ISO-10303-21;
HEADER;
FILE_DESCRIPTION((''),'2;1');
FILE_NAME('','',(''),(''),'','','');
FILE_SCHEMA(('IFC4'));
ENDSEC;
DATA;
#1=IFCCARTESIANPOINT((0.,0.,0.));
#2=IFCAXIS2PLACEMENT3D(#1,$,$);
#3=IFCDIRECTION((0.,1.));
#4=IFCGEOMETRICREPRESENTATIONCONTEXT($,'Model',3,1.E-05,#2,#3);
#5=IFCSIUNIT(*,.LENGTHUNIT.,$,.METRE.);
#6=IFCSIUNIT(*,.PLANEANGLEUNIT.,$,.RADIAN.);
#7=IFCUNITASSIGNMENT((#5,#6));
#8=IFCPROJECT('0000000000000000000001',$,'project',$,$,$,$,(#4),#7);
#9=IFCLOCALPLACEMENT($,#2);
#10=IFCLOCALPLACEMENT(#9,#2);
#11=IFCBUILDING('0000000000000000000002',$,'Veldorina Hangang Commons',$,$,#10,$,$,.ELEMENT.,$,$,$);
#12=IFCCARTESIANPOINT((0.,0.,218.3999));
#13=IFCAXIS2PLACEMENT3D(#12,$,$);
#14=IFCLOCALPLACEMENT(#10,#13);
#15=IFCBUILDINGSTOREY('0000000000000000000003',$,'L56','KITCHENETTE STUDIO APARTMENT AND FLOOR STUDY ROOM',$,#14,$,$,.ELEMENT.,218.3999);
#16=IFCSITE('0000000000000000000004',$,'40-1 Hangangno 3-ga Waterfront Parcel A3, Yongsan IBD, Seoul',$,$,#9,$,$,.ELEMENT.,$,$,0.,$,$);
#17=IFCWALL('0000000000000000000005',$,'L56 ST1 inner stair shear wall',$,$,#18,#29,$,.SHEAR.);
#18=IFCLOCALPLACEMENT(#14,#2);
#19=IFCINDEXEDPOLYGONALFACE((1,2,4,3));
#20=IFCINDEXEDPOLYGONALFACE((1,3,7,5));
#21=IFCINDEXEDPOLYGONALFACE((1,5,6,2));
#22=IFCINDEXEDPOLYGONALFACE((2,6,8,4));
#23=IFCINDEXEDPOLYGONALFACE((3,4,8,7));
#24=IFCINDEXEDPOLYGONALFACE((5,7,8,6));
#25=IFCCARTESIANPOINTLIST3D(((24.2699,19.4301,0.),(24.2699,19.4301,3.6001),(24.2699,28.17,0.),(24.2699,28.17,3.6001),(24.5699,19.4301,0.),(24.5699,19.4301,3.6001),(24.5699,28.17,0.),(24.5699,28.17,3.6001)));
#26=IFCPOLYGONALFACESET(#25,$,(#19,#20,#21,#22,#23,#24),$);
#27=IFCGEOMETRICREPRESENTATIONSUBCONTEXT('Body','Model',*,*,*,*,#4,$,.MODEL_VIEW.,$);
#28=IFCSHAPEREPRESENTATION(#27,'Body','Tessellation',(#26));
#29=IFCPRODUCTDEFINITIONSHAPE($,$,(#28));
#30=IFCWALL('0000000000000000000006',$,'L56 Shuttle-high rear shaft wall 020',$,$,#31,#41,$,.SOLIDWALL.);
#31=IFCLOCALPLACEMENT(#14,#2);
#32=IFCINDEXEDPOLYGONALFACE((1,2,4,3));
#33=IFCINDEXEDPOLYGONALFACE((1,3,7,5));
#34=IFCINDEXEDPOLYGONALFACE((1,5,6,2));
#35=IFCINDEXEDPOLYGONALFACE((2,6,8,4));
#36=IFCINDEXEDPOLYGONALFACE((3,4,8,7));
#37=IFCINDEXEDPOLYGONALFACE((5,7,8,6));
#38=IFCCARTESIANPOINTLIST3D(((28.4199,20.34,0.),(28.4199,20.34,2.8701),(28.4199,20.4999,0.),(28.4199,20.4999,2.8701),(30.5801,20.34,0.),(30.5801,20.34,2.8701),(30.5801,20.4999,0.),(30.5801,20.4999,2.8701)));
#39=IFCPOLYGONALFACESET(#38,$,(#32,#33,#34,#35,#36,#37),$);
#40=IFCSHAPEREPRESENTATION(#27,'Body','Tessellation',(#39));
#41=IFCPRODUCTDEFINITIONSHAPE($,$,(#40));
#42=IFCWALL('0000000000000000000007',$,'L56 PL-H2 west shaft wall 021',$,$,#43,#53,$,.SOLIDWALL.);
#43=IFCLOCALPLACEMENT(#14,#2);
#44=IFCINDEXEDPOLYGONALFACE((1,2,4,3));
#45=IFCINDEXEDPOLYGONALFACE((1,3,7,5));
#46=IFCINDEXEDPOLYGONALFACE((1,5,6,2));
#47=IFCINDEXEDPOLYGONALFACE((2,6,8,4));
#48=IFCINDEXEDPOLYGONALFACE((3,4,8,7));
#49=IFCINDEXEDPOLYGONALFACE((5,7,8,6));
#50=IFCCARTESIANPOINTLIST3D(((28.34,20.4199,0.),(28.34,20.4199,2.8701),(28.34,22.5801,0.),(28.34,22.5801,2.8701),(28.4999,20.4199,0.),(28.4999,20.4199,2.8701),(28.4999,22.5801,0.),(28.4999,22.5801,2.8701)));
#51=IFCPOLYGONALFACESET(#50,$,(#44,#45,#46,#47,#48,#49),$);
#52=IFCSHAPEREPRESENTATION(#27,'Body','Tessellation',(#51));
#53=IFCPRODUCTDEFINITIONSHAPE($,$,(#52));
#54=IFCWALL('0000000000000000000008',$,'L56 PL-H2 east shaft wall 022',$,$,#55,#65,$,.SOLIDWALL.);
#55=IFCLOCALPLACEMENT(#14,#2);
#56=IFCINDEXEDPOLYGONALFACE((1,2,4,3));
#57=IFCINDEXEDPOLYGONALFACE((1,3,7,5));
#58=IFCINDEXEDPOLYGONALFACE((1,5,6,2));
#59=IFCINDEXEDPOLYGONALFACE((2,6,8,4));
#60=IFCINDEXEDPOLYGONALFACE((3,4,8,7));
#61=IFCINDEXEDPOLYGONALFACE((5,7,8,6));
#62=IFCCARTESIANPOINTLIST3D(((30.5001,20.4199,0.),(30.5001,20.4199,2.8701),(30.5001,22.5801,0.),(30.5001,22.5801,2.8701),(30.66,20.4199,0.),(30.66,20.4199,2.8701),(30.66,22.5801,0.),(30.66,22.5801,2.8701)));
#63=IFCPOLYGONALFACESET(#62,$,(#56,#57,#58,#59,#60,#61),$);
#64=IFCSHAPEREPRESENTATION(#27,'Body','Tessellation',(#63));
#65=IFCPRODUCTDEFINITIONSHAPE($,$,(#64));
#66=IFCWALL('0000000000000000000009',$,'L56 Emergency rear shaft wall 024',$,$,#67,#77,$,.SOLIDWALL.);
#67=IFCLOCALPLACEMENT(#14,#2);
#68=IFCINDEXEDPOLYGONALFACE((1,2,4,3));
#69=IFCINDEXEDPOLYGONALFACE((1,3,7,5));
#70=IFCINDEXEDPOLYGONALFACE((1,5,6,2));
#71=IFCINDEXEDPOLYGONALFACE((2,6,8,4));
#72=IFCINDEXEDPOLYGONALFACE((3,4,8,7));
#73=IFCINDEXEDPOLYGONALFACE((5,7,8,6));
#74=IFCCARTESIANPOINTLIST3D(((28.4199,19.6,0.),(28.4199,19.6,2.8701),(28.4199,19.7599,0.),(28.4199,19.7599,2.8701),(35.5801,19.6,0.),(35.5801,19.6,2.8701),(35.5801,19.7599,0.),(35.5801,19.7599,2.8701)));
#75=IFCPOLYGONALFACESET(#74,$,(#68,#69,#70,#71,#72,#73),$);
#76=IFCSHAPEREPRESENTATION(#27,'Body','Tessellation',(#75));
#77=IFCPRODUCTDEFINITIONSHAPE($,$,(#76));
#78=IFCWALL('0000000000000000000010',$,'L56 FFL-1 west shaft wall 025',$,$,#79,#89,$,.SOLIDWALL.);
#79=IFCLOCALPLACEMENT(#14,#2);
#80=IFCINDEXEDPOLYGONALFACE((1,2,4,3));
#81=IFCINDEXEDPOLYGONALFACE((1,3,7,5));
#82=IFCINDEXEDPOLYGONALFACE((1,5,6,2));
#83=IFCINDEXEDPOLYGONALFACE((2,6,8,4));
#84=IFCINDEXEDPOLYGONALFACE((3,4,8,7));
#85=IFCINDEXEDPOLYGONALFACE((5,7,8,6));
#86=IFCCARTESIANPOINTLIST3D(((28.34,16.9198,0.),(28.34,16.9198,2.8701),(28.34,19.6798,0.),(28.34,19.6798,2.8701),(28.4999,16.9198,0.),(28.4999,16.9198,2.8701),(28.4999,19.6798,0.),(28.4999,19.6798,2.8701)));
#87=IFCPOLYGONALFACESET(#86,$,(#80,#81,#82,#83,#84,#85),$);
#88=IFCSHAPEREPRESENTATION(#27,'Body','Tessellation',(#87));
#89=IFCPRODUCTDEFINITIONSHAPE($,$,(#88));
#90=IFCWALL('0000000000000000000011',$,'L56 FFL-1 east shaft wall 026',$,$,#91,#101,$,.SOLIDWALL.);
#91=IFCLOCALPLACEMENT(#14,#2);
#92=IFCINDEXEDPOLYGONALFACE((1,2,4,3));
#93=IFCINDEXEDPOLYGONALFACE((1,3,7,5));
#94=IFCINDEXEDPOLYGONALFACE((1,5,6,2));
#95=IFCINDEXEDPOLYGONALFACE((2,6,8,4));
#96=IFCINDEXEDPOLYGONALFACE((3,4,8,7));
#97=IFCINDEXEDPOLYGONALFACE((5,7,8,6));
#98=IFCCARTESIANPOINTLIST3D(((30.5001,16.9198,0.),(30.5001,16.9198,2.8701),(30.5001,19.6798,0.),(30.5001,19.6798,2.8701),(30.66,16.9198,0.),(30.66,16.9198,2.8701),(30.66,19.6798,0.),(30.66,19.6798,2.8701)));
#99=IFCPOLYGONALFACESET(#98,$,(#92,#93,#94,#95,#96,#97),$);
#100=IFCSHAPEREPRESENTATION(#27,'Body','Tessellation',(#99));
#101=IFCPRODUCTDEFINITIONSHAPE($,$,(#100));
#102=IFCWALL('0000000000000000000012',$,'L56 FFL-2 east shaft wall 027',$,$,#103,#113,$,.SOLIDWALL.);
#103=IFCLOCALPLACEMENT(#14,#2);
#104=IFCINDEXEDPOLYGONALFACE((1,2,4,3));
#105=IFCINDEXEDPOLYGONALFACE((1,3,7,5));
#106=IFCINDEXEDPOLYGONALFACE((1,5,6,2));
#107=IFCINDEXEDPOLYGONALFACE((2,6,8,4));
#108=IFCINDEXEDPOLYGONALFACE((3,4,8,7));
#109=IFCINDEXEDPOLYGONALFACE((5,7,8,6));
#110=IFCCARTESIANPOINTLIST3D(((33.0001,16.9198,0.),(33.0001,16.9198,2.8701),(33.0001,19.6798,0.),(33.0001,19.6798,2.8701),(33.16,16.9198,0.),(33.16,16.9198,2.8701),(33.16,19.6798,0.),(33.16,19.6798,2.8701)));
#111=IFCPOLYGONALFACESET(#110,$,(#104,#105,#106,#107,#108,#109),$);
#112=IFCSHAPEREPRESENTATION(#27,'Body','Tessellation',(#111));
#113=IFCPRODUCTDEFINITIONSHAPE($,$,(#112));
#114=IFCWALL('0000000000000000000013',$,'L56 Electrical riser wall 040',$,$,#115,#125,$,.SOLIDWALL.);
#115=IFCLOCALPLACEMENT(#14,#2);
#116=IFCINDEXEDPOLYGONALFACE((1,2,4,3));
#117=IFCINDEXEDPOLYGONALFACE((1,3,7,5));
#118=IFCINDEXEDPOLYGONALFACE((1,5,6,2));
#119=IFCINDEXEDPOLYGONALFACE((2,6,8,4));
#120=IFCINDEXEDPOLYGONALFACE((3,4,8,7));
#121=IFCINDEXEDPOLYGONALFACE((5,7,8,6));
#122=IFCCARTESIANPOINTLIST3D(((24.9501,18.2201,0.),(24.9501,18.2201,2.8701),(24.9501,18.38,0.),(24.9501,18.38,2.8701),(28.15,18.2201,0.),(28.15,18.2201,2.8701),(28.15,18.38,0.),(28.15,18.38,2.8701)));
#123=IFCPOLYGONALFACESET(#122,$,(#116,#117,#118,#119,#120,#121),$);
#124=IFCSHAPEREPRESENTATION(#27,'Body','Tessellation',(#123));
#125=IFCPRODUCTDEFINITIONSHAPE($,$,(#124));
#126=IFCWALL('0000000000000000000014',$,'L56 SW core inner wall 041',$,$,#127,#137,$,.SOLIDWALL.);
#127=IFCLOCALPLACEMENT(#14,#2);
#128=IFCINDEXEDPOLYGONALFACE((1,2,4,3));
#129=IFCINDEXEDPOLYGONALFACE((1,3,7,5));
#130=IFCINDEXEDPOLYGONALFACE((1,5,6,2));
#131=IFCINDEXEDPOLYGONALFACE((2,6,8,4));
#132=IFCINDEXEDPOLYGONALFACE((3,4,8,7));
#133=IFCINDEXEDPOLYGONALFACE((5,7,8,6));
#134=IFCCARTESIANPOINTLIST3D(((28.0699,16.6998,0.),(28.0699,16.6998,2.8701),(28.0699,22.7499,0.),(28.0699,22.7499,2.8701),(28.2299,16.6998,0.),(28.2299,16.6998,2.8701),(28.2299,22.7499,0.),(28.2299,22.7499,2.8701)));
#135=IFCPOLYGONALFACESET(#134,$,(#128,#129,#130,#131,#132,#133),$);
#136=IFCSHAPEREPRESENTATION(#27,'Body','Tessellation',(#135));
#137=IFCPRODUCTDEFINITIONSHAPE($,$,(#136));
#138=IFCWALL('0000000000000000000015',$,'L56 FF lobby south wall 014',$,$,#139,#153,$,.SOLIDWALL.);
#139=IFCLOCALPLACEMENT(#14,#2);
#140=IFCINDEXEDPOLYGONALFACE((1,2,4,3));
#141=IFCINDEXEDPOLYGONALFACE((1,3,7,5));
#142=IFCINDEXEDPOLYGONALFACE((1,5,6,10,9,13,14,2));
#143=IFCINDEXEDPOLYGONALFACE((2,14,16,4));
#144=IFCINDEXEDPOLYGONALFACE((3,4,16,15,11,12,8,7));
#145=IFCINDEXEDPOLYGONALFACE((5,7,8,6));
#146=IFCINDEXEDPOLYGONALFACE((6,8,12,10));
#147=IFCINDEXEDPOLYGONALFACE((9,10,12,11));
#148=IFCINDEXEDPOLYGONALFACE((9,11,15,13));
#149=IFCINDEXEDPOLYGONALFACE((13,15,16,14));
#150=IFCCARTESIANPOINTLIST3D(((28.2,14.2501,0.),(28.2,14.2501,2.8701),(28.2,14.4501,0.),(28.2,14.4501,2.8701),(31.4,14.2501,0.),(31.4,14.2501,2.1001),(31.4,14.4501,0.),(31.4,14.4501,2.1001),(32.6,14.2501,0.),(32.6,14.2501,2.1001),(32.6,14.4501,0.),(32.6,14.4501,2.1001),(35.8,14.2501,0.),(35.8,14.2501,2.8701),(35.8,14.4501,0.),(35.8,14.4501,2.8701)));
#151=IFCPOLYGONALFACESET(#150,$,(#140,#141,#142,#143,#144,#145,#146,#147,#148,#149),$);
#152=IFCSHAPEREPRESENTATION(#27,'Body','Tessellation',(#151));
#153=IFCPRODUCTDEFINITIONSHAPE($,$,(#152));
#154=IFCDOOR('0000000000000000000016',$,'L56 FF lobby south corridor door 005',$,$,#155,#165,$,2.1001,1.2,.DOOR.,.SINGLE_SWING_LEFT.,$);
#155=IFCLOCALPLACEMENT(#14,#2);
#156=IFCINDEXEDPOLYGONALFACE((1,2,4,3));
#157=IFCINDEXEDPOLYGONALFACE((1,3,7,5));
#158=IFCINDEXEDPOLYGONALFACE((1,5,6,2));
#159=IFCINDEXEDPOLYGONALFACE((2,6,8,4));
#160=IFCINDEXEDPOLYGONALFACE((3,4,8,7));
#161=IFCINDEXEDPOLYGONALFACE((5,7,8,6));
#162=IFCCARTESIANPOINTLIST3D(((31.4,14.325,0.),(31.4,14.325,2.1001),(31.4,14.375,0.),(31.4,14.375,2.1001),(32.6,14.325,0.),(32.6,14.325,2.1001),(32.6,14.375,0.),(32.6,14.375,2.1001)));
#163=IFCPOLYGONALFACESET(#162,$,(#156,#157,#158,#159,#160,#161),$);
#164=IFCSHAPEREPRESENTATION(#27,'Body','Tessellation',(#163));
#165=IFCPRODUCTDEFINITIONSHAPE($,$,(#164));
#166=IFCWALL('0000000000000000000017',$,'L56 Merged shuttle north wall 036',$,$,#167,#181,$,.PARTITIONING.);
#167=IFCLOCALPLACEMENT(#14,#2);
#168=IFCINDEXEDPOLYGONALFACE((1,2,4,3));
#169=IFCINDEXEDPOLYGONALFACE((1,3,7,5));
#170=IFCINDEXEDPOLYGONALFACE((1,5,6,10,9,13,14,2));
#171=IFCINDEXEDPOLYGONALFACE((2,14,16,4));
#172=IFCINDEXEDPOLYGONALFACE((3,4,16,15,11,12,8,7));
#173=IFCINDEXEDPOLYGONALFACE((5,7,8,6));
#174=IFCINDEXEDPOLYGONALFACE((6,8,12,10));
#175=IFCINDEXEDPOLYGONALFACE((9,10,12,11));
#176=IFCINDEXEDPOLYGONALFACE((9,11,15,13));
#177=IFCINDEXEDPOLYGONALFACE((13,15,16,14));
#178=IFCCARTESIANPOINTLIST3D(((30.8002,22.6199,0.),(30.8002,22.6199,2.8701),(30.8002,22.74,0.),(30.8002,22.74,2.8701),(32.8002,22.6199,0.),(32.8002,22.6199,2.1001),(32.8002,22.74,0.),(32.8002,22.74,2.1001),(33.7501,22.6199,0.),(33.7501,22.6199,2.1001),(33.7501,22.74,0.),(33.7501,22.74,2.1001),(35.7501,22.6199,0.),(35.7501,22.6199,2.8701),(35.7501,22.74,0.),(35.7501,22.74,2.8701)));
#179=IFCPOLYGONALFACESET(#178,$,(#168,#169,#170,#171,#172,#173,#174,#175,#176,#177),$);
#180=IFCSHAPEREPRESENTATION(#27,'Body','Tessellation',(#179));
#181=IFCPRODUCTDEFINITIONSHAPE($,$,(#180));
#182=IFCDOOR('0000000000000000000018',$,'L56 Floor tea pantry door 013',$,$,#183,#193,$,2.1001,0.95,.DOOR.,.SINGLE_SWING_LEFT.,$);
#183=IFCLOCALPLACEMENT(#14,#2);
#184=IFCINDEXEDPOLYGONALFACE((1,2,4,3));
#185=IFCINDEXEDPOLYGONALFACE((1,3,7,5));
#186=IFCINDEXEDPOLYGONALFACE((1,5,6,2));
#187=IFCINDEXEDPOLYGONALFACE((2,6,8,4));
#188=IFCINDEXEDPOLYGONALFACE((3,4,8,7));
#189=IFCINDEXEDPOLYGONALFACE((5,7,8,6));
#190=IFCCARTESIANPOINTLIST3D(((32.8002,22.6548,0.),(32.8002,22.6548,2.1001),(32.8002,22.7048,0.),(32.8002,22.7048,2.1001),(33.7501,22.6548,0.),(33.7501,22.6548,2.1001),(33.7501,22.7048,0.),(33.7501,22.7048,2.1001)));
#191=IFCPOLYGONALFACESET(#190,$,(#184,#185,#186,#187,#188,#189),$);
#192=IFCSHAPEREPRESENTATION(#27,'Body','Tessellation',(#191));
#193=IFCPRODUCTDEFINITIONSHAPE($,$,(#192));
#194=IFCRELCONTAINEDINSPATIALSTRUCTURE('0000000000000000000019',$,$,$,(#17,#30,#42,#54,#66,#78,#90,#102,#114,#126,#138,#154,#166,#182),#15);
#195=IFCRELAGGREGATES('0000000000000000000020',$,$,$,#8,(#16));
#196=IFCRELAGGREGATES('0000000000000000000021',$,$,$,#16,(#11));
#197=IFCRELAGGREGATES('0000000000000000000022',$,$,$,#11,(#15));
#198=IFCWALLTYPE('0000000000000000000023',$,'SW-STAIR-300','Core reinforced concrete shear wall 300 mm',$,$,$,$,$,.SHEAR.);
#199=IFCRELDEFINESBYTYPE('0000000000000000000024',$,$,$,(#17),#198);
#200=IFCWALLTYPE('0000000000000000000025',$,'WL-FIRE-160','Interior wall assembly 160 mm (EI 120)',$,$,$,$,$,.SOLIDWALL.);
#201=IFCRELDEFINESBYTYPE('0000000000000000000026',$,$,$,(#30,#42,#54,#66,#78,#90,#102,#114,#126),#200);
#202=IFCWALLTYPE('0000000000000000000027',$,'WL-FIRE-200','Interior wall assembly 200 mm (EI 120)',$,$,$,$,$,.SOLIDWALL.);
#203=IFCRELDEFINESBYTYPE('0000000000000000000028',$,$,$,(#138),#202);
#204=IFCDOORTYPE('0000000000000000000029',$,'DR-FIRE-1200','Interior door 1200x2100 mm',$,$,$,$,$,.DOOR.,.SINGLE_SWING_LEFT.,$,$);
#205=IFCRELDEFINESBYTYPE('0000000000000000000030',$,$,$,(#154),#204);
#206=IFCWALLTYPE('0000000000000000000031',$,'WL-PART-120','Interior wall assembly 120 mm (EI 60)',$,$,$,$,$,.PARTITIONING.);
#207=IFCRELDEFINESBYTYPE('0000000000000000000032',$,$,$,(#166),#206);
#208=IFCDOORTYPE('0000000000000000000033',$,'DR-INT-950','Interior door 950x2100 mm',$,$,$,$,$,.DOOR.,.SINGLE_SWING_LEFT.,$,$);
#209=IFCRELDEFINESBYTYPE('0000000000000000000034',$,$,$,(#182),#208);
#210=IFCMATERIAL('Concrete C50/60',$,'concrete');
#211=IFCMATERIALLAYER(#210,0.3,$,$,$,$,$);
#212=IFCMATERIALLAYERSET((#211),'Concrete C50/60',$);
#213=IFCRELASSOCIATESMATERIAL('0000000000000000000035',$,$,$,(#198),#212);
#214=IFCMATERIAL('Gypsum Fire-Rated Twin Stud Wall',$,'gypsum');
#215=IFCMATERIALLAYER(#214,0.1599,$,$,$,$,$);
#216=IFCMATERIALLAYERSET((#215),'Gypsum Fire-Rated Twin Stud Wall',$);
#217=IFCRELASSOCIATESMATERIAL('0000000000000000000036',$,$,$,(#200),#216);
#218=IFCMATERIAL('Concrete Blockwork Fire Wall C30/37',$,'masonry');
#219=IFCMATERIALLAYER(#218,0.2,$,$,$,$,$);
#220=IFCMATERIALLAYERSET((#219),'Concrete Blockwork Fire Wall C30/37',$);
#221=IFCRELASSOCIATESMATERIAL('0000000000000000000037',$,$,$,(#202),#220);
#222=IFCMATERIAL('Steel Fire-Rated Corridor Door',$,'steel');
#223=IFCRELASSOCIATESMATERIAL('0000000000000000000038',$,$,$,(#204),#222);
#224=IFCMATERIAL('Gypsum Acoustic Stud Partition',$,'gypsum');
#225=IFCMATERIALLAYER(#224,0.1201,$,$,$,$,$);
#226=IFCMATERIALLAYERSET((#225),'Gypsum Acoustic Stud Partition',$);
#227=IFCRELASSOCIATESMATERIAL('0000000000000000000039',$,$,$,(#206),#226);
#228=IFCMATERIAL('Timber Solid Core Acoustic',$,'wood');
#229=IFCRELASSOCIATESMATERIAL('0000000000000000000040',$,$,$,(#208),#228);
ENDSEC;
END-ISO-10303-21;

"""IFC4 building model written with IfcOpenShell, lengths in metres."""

from ifc_helpers import new_model, si_unit, direction, frame, frame_2d, origin, place, context, subcontext, project, spatial, rectangle, extrude, material, layer, layer_set, type_object, element, fill, save


model = new_model("IFC4")

# Units and contexts
model_context = context("Model", 3, precision=1e-05, world=origin(), true_north=direction((0.0, 1.0)))
body_context = subcontext(model_context, "Body", "Model", "MODEL_VIEW")
ifc_project = project(units=[si_unit("LENGTHUNIT", "METRE"), si_unit("PLANEANGLEUNIT", "RADIAN")], contexts=[model_context])

# Site, building, storey
site_placement = place(None, origin())
site = spatial("IfcSite", under=ifc_project, at=site_placement, Name="40-1 Hangangno 3-ga Waterfront Parcel A3, Yongsan IBD, Seoul", CompositionType="ELEMENT", RefElevation=0.0)
building_placement = place(site_placement, origin())
building = spatial("IfcBuilding", under=site, at=building_placement, Name="Veldorina Hangang Commons", CompositionType="ELEMENT")
storey_placement = place(building_placement, frame((0.0, 0.0, 218.3999)))
storey = spatial("IfcBuildingStorey", under=building, at=storey_placement, Name="L56", Description="KITCHENETTE STUDIO APARTMENT AND FLOOR STUDY ROOM", CompositionType="ELEMENT", Elevation=218.3999)

# Shared definitions
ifc_material_1 = material(Name="Concrete C50/60", Category="concrete")

# Wall
ifc_layer_1 = layer(ifc_material_1, 0.3)
ifc_layer_set_1 = layer_set([ifc_layer_1], Name="Concrete C50/60")
wall_type_1 = type_object("IfcWallType", Name="SW-STAIR-300", Description="Core reinforced concrete shear wall 300 mm", PredefinedType="SHEAR", material=ifc_layer_set_1)
wall_1_placement = place(storey_placement, frame((24.4199, 19.4299, 0.0), z_axis=(0.0, 0.0, 1.0), x_axis=(0.0, 1.0, 0.0)))
element("IfcWall", 1, at=wall_1_placement, inside=storey, type_object=wall_type_1, Name="L56 ST1 inner stair shear wall", PredefinedType="SHEAR", context=body_context, shape_type="SweptSolid", body=[
    extrude(rectangle(XDim=8.74, YDim=0.3, at=frame_2d((4.3701, 0.0))), origin(), (0.0, 0.0, 1.0), 3.6001),
])

# Shared definitions
ifc_material_2 = material(Name="Gypsum Fire-Rated Twin Stud Wall", Category="gypsum")
ifc_layer_2 = layer(ifc_material_2, 0.1599)
ifc_layer_set_2 = layer_set([ifc_layer_2], Name="Gypsum Fire-Rated Twin Stud Wall")
wall_type_2 = type_object("IfcWallType", Name="WL-FIRE-160", Description="Interior wall assembly 160 mm (EI 120)", PredefinedType="SOLIDWALL", material=ifc_layer_set_2)

# Walls
for number, where, z_axis, x_axis, name in (
    (2, (28.4199, 20.4199, 0.0), (0.0, 0.0, 1.0), (1.0, 0.0, 0.0), "L56 Shuttle-high rear shaft wall 020"),
    (3, (28.4199, 20.4199, 0.0), (0.0, 0.0, 1.0), (0.0, 1.0, 0.0), "L56 PL-H2 west shaft wall 021"),
    (4, (30.5801, 20.4199, 0.0), (0.0, 0.0, 1.0), (0.0, 1.0, 0.0), "L56 PL-H2 east shaft wall 022"),
):
    element("IfcWall", number, at=place(storey_placement, frame(where, z_axis=z_axis, x_axis=x_axis)), inside=storey, type_object=wall_type_2, Name=name, PredefinedType="SOLIDWALL", context=body_context, shape_type="SweptSolid", body=[
        extrude(rectangle(XDim=2.1602, YDim=0.1599, at=frame_2d((1.0801, 0.0))), origin(), (0.0, 0.0, 1.0), 2.8701),
    ])

# Walls
wall_2_placement = place(storey_placement, frame((28.4199, 19.6799, 0.0), z_axis=(0.0, 0.0, 1.0), x_axis=(1.0, 0.0, 0.0)))
element("IfcWall", 5, at=wall_2_placement, inside=storey, type_object=wall_type_2, Name="L56 Emergency rear shaft wall 024", PredefinedType="SOLIDWALL", context=body_context, shape_type="SweptSolid", body=[
    extrude(rectangle(XDim=7.1602, YDim=0.1599, at=frame_2d((3.5801, 0.0))), origin(), (0.0, 0.0, 1.0), 2.8701),
])
for number, where, z_axis, x_axis, name in (
    (6, (28.4199, 16.9199, 0.0), (0.0, 0.0, 1.0), (0.0, 1.0, 0.0), "L56 FFL-1 west shaft wall 025"),
    (7, (30.5801, 16.9199, 0.0), (0.0, 0.0, 1.0), (0.0, 1.0, 0.0), "L56 FFL-1 east shaft wall 026"),
    (8, (33.0801, 16.9199, 0.0), (0.0, 0.0, 1.0), (0.0, 1.0, 0.0), "L56 FFL-2 east shaft wall 027"),
):
    element("IfcWall", number, at=place(storey_placement, frame(where, z_axis=z_axis, x_axis=x_axis)), inside=storey, type_object=wall_type_2, Name=name, PredefinedType="SOLIDWALL", context=body_context, shape_type="SweptSolid", body=[
        extrude(rectangle(XDim=2.76, YDim=0.1599, at=frame_2d((1.3799, 0.0))), origin(), (0.0, 0.0, 1.0), 2.8701),
    ])
wall_3_placement = place(storey_placement, frame((24.95, 18.3, 0.0), z_axis=(0.0, 0.0, 1.0), x_axis=(1.0, 0.0, 0.0)))
element("IfcWall", 9, at=wall_3_placement, inside=storey, type_object=wall_type_2, Name="L56 Electrical riser wall 040", PredefinedType="SOLIDWALL", context=body_context, shape_type="SweptSolid", body=[
    extrude(rectangle(XDim=3.2, YDim=0.1599, at=frame_2d((1.6001, 0.0))), origin(), (0.0, 0.0, 1.0), 2.8701),
])
wall_4_placement = place(storey_placement, frame((28.1499, 16.7, 0.0), z_axis=(0.0, 0.0, 1.0), x_axis=(0.0, 1.0, 0.0)))
element("IfcWall", 10, at=wall_4_placement, inside=storey, type_object=wall_type_2, Name="L56 SW core inner wall 041", PredefinedType="SOLIDWALL", context=body_context, shape_type="SweptSolid", body=[
    extrude(rectangle(XDim=6.05, YDim=0.1599, at=frame_2d((3.0249, 0.0))), origin(), (0.0, 0.0, 1.0), 2.8701),
])

# Walls, openings, doors
ifc_material_3 = material(Name="Concrete Blockwork Fire Wall C30/37", Category="masonry")
ifc_layer_3 = layer(ifc_material_3, 0.2)
ifc_layer_set_3 = layer_set([ifc_layer_3], Name="Concrete Blockwork Fire Wall C30/37")
wall_type_3 = type_object("IfcWallType", Name="WL-FIRE-200", Description="Interior wall assembly 200 mm (EI 120)", PredefinedType="SOLIDWALL", material=ifc_layer_set_3)
wall_5_placement = place(storey_placement, frame((28.2, 14.3501, 0.0), z_axis=(0.0, 0.0, 1.0), x_axis=(1.0, 0.0, 0.0)))
wall_5 = element("IfcWall", 11, at=wall_5_placement, inside=storey, type_object=wall_type_3, Name="L56 FF lobby south wall 014", PredefinedType="SOLIDWALL", context=body_context, shape_type="SweptSolid", body=[
    extrude(rectangle(XDim=7.6001, YDim=0.2, at=frame_2d((3.8, 0.0))), origin(), (0.0, 0.0, 1.0), 2.8701),
])
opening_1_placement = place(wall_5_placement, frame((3.2, 0.0, 0.0)))
opening_1 = element("IfcOpeningElement", 12, at=opening_1_placement, cuts=wall_5, PredefinedType="OPENING", context=body_context, shape_type="SweptSolid", body=[
    extrude(rectangle(XDim=1.2, YDim=2.1001, at=frame_2d((0.6001, 1.05))), frame((0.0, 0.1099, 0.0), z_axis=(0.0, -1.0, 0.0), x_axis=(1.0, 0.0, 0.0)), (0.0, 0.0, 1.0), 0.22),
])
ifc_material_4 = material(Name="Steel Fire-Rated Corridor Door", Category="steel")
door_type_1 = type_object("IfcDoorType", Name="DR-FIRE-1200", Description="Interior door 1200x2100 mm", OperationType="SINGLE_SWING_LEFT", PredefinedType="DOOR", material=ifc_material_4)
door_1_placement = place(opening_1_placement, origin())
door_1 = element("IfcDoor", 13, at=door_1_placement, inside=storey, type_object=door_type_1, Name="L56 FF lobby south corridor door 005", OperationType="SINGLE_SWING_LEFT", OverallHeight=2.1001, OverallWidth=1.2, PredefinedType="DOOR", context=body_context, shape_type="SweptSolid", body=[
    extrude(rectangle(XDim=1.2, YDim=2.1001, at=frame_2d((0.6001, 1.05))), frame((0.0, 0.0249, 0.0), z_axis=(0.0, -1.0, 0.0), x_axis=(1.0, 0.0, 0.0)), (0.0, 0.0, 1.0), 0.05),
])
fill(opening_1, door_1)
ifc_material_5 = material(Name="Gypsum Acoustic Stud Partition", Category="gypsum")
ifc_layer_4 = layer(ifc_material_5, 0.1201)
ifc_layer_set_4 = layer_set([ifc_layer_4], Name="Gypsum Acoustic Stud Partition")
wall_type_4 = type_object("IfcWallType", Name="WL-PART-120", Description="Interior wall assembly 120 mm (EI 60)", PredefinedType="PARTITIONING", material=ifc_layer_set_4)
wall_6_placement = place(storey_placement, frame((30.8, 22.6799, 0.0), z_axis=(0.0, 0.0, 1.0), x_axis=(1.0, 0.0, 0.0)))
wall_6 = element("IfcWall", 14, at=wall_6_placement, inside=storey, type_object=wall_type_4, Name="L56 Merged shuttle north wall 036", PredefinedType="PARTITIONING", context=body_context, shape_type="SweptSolid", body=[
    extrude(rectangle(XDim=4.95, YDim=0.1201, at=frame_2d((2.4751, 0.0))), origin(), (0.0, 0.0, 1.0), 2.8701),
])
opening_2_placement = place(wall_6_placement, frame((2.0, 0.0, 0.0)))
opening_2 = element("IfcOpeningElement", 15, at=opening_2_placement, cuts=wall_6, PredefinedType="OPENING", context=body_context, shape_type="SweptSolid", body=[
    extrude(rectangle(XDim=0.95, YDim=2.1001, at=frame_2d((0.4751, 1.05))), frame((0.0, 0.0701, 0.0), z_axis=(0.0, -1.0, 0.0), x_axis=(1.0, 0.0, 0.0)), (0.0, 0.0, 1.0), 0.1401),
])
ifc_material_6 = material(Name="Timber Solid Core Acoustic", Category="wood")
door_type_2 = type_object("IfcDoorType", Name="DR-INT-950", Description="Interior door 950x2100 mm", OperationType="SINGLE_SWING_LEFT", PredefinedType="DOOR", material=ifc_material_6)
door_2_placement = place(opening_2_placement, origin())
door_2 = element("IfcDoor", 16, at=door_2_placement, inside=storey, type_object=door_type_2, Name="L56 Floor tea pantry door 013", OperationType="SINGLE_SWING_LEFT", OverallHeight=2.1001, OverallWidth=0.95, PredefinedType="DOOR", context=body_context, shape_type="SweptSolid", body=[
    extrude(rectangle(XDim=0.95, YDim=2.1001, at=frame_2d((0.4751, 1.05))), frame((0.0, 0.0249, 0.0), z_axis=(0.0, -1.0, 0.0), x_axis=(1.0, 0.0, 0.0)), (0.0, 0.0, 1.0), 0.05),
])
fill(opening_2, door_2)

save(model, "model.ifc")
